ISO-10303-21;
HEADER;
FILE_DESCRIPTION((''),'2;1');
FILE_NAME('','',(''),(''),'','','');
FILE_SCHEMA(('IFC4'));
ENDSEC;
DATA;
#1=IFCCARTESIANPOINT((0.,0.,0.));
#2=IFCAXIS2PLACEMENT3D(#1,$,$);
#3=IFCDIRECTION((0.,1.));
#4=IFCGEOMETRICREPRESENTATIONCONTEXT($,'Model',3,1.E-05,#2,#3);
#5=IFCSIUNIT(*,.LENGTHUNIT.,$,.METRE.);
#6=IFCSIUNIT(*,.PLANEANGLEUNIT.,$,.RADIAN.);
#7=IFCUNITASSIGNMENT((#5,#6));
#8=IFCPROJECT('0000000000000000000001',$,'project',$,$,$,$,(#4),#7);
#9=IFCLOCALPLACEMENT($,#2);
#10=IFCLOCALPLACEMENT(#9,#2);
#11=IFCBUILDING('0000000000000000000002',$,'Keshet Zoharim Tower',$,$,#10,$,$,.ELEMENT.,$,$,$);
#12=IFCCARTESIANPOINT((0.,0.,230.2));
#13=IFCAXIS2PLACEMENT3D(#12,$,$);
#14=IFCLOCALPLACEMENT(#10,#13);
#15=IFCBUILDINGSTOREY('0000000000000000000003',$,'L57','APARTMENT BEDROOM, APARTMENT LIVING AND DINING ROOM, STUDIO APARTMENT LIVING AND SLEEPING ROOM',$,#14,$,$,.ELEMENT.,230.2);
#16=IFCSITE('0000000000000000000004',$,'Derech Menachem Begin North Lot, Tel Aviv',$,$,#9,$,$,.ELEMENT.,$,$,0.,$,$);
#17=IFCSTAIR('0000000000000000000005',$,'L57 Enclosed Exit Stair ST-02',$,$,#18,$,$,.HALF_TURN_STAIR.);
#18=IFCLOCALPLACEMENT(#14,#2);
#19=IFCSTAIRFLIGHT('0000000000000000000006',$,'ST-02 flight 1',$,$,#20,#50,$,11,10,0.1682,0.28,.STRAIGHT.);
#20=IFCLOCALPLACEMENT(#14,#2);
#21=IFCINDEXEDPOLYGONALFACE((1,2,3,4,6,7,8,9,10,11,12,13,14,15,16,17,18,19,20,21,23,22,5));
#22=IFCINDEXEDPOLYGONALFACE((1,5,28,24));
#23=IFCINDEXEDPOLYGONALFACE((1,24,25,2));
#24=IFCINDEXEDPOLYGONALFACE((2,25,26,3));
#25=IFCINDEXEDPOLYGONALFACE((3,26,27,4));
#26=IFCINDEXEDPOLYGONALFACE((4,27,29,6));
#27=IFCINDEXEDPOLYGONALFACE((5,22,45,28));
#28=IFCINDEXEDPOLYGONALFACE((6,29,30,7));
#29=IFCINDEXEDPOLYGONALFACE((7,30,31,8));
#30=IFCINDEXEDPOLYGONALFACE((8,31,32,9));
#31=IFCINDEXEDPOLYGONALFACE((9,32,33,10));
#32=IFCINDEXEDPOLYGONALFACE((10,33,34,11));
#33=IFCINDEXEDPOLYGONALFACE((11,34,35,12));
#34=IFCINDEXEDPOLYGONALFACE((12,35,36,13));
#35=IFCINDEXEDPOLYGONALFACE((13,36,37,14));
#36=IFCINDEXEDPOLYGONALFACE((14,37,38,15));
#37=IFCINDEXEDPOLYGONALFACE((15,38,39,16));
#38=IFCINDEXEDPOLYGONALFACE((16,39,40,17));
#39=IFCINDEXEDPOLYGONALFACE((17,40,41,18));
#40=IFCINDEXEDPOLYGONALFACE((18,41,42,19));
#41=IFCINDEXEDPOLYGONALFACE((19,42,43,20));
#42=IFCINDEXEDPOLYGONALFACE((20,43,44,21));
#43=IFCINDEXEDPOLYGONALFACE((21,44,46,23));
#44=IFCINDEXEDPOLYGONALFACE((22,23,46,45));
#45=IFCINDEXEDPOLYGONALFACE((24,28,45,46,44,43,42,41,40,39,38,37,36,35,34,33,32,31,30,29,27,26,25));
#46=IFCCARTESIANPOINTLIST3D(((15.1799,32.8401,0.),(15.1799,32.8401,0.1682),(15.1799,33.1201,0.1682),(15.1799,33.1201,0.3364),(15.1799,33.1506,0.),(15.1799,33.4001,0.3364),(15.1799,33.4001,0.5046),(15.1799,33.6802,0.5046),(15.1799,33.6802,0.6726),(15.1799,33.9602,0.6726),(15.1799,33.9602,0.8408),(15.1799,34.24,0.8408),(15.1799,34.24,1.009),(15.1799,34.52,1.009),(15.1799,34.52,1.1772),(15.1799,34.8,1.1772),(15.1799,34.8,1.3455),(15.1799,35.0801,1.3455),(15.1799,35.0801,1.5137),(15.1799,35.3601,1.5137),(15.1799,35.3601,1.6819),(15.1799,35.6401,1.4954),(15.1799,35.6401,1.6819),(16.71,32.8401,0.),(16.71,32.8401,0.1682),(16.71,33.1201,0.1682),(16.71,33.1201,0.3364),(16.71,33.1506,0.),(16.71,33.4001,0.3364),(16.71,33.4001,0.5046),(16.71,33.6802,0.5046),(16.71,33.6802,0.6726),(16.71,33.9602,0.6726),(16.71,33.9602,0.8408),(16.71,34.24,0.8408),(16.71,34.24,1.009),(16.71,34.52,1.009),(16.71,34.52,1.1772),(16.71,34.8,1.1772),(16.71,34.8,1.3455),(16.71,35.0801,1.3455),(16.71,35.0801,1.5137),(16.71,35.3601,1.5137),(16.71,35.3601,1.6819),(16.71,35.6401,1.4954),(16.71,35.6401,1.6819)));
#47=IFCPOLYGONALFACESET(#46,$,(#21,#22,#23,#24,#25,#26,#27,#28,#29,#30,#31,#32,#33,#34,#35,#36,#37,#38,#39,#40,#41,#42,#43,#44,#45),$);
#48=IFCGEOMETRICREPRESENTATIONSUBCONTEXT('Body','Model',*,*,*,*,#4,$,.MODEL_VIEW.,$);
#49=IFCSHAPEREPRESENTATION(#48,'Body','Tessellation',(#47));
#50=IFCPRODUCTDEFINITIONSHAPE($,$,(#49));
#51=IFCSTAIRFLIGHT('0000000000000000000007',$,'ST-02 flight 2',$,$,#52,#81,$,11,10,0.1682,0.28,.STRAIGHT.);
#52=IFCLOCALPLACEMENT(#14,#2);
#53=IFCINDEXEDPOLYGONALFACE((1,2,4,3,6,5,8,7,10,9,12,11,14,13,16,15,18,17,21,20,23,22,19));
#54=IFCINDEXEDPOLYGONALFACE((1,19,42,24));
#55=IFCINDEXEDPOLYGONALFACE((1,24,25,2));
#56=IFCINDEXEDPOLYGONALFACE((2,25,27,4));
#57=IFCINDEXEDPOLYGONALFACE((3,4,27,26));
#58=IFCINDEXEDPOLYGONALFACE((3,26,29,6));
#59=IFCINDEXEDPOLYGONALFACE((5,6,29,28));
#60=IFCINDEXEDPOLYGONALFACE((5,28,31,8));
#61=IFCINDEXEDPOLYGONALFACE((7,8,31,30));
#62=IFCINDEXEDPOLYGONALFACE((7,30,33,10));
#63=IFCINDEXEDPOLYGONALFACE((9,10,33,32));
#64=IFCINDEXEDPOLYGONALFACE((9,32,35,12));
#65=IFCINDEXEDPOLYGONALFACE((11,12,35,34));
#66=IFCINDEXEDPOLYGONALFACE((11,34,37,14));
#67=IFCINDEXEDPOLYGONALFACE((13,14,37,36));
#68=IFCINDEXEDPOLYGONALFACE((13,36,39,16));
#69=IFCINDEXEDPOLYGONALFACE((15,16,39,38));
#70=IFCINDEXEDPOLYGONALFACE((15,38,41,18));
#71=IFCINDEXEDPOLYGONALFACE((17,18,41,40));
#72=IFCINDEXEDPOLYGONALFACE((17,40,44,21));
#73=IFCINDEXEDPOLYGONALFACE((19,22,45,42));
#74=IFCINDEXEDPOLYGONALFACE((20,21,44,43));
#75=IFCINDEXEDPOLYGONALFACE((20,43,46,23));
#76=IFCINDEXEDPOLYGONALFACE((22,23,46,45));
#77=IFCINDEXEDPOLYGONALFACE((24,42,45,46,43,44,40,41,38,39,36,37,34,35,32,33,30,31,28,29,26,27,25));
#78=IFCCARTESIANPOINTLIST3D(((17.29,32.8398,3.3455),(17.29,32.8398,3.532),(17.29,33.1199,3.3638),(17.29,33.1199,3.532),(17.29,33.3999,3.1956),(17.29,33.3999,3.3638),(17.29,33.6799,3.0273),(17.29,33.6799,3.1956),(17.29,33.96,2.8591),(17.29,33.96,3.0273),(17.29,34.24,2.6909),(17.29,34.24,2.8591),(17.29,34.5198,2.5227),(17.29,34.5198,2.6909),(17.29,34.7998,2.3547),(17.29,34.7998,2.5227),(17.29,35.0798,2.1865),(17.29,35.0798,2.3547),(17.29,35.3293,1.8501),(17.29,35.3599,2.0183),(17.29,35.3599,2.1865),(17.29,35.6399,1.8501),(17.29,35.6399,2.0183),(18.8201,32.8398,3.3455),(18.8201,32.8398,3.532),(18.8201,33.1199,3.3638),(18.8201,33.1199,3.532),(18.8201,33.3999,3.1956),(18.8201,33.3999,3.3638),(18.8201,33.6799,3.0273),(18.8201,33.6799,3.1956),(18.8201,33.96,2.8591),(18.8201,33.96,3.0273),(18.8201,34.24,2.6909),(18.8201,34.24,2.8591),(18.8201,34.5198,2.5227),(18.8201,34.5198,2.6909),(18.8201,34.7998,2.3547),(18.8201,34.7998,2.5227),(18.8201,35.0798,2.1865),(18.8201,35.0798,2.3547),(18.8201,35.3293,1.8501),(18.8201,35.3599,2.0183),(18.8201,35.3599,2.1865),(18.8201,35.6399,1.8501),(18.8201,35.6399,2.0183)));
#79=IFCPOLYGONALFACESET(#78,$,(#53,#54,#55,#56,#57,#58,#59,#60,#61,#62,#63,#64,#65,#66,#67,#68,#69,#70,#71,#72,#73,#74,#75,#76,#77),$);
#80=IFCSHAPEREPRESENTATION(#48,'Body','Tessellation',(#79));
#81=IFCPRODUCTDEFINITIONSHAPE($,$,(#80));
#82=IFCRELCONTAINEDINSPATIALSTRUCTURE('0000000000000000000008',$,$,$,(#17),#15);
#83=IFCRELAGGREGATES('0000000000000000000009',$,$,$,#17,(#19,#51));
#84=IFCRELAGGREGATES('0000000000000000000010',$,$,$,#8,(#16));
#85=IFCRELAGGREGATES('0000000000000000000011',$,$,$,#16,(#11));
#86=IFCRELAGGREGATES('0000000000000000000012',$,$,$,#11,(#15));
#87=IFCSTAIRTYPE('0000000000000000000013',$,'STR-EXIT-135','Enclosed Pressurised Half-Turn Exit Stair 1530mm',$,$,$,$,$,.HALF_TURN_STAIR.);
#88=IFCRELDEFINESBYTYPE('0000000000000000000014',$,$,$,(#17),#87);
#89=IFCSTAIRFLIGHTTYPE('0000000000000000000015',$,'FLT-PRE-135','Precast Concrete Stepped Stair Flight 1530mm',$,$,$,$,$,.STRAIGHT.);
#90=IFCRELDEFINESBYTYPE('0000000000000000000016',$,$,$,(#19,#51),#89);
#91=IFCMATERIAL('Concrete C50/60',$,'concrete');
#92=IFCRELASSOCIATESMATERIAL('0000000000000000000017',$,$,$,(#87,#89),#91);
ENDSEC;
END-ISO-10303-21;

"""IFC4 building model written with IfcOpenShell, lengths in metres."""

from ifc_helpers import new_model, si_unit, direction, frame, origin, place, context, subcontext, project, spatial, polyline, outline, extrude, material, type_object, element, aggregate, save


model = new_model("IFC4")

# Units and contexts
model_context = context("Model", 3, precision=1e-05, world=origin(), true_north=direction((0.0, 1.0)))
body_context = subcontext(model_context, "Body", "Model", "MODEL_VIEW")
ifc_project = project(units=[si_unit("LENGTHUNIT", "METRE"), si_unit("PLANEANGLEUNIT", "RADIAN")], contexts=[model_context])

# Site, building, storey
site_placement = place(None, origin())
site = spatial("IfcSite", under=ifc_project, at=site_placement, Name="Derech Menachem Begin North Lot, Tel Aviv", CompositionType="ELEMENT", RefElevation=0.0)
building_placement = place(site_placement, origin())
building = spatial("IfcBuilding", under=site, at=building_placement, Name="Keshet Zoharim Tower", CompositionType="ELEMENT")
storey_placement = place(building_placement, frame((0.0, 0.0, 230.2)))
storey = spatial("IfcBuildingStorey", under=building, at=storey_placement, Name="L57", Description="APARTMENT BEDROOM, APARTMENT LIVING AND DINING ROOM, STUDIO APARTMENT LIVING AND SLEEPING ROOM", CompositionType="ELEMENT", Elevation=230.2)

# Shared definitions
ifc_material_1 = material(Name="Concrete C50/60", Category="concrete")
stair_type = type_object("IfcStairType", Name="STR-EXIT-135", Description="Enclosed Pressurised Half-Turn Exit Stair 1530mm", PredefinedType="HALF_TURN_STAIR", material=ifc_material_1)
stair_flight_type = type_object("IfcStairFlightType", Name="FLT-PRE-135", Description="Precast Concrete Stepped Stair Flight 1530mm", PredefinedType="STRAIGHT", material=ifc_material_1)

# Stair, stair flights
stair_1_placement = place(storey_placement, origin())
stair_1 = element("IfcStair", 1, at=stair_1_placement, inside=storey, type_object=stair_type, Name="L57 Enclosed Exit Stair ST-02", PredefinedType="HALF_TURN_STAIR")
stair_flight_1_placement = place(storey_placement, frame((15.9451, 32.8401, 0.0), z_axis=(0.0, 0.0, 1.0), x_axis=(0.0, 1.0, 0.0)))
stair_flight_1 = element("IfcStairFlight", 2, at=stair_flight_1_placement, type_object=stair_flight_type, Name="ST-02 flight 1", NumberOfRisers=11, NumberOfTreads=10, PredefinedType="STRAIGHT", RiserHeight=0.1682, TreadLength=0.28, context=body_context, shape_type="SweptSolid", body=[
    extrude(outline(polyline([(0.0, 0.0), (0.0, 0.1682), (0.28, 0.1682), (0.28, 0.3364), (0.5601, 0.3364), (0.5601, 0.5046), (0.8401, 0.5046), (0.8401, 0.6726), (1.1201, 0.6726), (1.1201, 0.8408), (1.3999, 0.8408), (1.3999, 1.009), (1.6799, 1.009), (1.6799, 1.1772), (1.96, 1.1772), (1.96, 1.3455), (2.24, 1.3455), (2.24, 1.5137), (2.52, 1.5137), (2.52, 1.6819), (2.8, 1.6819), (2.8, 1.8501), (2.8, 1.4954), (0.3105, 0.0), (0.0, 0.0)])), frame((0.0, 0.7651, 0.0), z_axis=(0.0, -1.0, 0.0), x_axis=(1.0, 0.0, 0.0)), (0.0, 0.0, 1.0), 1.53),
])
stair_flight_2_placement = place(storey_placement, frame((18.0549, 35.6399, 1.8501), z_axis=(0.0, 0.0, 1.0), x_axis=(0.0, -1.0, 0.0)))
stair_flight_2 = element("IfcStairFlight", 3, at=stair_flight_2_placement, type_object=stair_flight_type, Name="ST-02 flight 2", NumberOfRisers=11, NumberOfTreads=10, PredefinedType="STRAIGHT", RiserHeight=0.1682, TreadLength=0.28, context=body_context, shape_type="SweptSolid", body=[
    extrude(outline(polyline([(0.0, 0.0), (0.0, 0.1682), (0.28, 0.1682), (0.28, 0.3364), (0.5601, 0.3364), (0.5601, 0.5046), (0.8401, 0.5046), (0.8401, 0.6726), (1.1201, 0.6726), (1.1201, 0.8408), (1.3999, 0.8408), (1.3999, 1.009), (1.6799, 1.009), (1.6799, 1.1772), (1.96, 1.1772), (1.96, 1.3455), (2.24, 1.3455), (2.24, 1.5137), (2.52, 1.5137), (2.52, 1.6819), (2.8, 1.6819), (2.8, 1.8501), (2.8, 1.4954), (0.3105, 0.0), (0.0, 0.0)])), frame((0.0, 0.7651, 0.0), z_axis=(0.0, -1.0, 0.0), x_axis=(1.0, 0.0, 0.0)), (0.0, 0.0, 1.0), 1.53),
])
aggregate(stair_1, [stair_flight_1, stair_flight_2])

save(model, "model.ifc")
